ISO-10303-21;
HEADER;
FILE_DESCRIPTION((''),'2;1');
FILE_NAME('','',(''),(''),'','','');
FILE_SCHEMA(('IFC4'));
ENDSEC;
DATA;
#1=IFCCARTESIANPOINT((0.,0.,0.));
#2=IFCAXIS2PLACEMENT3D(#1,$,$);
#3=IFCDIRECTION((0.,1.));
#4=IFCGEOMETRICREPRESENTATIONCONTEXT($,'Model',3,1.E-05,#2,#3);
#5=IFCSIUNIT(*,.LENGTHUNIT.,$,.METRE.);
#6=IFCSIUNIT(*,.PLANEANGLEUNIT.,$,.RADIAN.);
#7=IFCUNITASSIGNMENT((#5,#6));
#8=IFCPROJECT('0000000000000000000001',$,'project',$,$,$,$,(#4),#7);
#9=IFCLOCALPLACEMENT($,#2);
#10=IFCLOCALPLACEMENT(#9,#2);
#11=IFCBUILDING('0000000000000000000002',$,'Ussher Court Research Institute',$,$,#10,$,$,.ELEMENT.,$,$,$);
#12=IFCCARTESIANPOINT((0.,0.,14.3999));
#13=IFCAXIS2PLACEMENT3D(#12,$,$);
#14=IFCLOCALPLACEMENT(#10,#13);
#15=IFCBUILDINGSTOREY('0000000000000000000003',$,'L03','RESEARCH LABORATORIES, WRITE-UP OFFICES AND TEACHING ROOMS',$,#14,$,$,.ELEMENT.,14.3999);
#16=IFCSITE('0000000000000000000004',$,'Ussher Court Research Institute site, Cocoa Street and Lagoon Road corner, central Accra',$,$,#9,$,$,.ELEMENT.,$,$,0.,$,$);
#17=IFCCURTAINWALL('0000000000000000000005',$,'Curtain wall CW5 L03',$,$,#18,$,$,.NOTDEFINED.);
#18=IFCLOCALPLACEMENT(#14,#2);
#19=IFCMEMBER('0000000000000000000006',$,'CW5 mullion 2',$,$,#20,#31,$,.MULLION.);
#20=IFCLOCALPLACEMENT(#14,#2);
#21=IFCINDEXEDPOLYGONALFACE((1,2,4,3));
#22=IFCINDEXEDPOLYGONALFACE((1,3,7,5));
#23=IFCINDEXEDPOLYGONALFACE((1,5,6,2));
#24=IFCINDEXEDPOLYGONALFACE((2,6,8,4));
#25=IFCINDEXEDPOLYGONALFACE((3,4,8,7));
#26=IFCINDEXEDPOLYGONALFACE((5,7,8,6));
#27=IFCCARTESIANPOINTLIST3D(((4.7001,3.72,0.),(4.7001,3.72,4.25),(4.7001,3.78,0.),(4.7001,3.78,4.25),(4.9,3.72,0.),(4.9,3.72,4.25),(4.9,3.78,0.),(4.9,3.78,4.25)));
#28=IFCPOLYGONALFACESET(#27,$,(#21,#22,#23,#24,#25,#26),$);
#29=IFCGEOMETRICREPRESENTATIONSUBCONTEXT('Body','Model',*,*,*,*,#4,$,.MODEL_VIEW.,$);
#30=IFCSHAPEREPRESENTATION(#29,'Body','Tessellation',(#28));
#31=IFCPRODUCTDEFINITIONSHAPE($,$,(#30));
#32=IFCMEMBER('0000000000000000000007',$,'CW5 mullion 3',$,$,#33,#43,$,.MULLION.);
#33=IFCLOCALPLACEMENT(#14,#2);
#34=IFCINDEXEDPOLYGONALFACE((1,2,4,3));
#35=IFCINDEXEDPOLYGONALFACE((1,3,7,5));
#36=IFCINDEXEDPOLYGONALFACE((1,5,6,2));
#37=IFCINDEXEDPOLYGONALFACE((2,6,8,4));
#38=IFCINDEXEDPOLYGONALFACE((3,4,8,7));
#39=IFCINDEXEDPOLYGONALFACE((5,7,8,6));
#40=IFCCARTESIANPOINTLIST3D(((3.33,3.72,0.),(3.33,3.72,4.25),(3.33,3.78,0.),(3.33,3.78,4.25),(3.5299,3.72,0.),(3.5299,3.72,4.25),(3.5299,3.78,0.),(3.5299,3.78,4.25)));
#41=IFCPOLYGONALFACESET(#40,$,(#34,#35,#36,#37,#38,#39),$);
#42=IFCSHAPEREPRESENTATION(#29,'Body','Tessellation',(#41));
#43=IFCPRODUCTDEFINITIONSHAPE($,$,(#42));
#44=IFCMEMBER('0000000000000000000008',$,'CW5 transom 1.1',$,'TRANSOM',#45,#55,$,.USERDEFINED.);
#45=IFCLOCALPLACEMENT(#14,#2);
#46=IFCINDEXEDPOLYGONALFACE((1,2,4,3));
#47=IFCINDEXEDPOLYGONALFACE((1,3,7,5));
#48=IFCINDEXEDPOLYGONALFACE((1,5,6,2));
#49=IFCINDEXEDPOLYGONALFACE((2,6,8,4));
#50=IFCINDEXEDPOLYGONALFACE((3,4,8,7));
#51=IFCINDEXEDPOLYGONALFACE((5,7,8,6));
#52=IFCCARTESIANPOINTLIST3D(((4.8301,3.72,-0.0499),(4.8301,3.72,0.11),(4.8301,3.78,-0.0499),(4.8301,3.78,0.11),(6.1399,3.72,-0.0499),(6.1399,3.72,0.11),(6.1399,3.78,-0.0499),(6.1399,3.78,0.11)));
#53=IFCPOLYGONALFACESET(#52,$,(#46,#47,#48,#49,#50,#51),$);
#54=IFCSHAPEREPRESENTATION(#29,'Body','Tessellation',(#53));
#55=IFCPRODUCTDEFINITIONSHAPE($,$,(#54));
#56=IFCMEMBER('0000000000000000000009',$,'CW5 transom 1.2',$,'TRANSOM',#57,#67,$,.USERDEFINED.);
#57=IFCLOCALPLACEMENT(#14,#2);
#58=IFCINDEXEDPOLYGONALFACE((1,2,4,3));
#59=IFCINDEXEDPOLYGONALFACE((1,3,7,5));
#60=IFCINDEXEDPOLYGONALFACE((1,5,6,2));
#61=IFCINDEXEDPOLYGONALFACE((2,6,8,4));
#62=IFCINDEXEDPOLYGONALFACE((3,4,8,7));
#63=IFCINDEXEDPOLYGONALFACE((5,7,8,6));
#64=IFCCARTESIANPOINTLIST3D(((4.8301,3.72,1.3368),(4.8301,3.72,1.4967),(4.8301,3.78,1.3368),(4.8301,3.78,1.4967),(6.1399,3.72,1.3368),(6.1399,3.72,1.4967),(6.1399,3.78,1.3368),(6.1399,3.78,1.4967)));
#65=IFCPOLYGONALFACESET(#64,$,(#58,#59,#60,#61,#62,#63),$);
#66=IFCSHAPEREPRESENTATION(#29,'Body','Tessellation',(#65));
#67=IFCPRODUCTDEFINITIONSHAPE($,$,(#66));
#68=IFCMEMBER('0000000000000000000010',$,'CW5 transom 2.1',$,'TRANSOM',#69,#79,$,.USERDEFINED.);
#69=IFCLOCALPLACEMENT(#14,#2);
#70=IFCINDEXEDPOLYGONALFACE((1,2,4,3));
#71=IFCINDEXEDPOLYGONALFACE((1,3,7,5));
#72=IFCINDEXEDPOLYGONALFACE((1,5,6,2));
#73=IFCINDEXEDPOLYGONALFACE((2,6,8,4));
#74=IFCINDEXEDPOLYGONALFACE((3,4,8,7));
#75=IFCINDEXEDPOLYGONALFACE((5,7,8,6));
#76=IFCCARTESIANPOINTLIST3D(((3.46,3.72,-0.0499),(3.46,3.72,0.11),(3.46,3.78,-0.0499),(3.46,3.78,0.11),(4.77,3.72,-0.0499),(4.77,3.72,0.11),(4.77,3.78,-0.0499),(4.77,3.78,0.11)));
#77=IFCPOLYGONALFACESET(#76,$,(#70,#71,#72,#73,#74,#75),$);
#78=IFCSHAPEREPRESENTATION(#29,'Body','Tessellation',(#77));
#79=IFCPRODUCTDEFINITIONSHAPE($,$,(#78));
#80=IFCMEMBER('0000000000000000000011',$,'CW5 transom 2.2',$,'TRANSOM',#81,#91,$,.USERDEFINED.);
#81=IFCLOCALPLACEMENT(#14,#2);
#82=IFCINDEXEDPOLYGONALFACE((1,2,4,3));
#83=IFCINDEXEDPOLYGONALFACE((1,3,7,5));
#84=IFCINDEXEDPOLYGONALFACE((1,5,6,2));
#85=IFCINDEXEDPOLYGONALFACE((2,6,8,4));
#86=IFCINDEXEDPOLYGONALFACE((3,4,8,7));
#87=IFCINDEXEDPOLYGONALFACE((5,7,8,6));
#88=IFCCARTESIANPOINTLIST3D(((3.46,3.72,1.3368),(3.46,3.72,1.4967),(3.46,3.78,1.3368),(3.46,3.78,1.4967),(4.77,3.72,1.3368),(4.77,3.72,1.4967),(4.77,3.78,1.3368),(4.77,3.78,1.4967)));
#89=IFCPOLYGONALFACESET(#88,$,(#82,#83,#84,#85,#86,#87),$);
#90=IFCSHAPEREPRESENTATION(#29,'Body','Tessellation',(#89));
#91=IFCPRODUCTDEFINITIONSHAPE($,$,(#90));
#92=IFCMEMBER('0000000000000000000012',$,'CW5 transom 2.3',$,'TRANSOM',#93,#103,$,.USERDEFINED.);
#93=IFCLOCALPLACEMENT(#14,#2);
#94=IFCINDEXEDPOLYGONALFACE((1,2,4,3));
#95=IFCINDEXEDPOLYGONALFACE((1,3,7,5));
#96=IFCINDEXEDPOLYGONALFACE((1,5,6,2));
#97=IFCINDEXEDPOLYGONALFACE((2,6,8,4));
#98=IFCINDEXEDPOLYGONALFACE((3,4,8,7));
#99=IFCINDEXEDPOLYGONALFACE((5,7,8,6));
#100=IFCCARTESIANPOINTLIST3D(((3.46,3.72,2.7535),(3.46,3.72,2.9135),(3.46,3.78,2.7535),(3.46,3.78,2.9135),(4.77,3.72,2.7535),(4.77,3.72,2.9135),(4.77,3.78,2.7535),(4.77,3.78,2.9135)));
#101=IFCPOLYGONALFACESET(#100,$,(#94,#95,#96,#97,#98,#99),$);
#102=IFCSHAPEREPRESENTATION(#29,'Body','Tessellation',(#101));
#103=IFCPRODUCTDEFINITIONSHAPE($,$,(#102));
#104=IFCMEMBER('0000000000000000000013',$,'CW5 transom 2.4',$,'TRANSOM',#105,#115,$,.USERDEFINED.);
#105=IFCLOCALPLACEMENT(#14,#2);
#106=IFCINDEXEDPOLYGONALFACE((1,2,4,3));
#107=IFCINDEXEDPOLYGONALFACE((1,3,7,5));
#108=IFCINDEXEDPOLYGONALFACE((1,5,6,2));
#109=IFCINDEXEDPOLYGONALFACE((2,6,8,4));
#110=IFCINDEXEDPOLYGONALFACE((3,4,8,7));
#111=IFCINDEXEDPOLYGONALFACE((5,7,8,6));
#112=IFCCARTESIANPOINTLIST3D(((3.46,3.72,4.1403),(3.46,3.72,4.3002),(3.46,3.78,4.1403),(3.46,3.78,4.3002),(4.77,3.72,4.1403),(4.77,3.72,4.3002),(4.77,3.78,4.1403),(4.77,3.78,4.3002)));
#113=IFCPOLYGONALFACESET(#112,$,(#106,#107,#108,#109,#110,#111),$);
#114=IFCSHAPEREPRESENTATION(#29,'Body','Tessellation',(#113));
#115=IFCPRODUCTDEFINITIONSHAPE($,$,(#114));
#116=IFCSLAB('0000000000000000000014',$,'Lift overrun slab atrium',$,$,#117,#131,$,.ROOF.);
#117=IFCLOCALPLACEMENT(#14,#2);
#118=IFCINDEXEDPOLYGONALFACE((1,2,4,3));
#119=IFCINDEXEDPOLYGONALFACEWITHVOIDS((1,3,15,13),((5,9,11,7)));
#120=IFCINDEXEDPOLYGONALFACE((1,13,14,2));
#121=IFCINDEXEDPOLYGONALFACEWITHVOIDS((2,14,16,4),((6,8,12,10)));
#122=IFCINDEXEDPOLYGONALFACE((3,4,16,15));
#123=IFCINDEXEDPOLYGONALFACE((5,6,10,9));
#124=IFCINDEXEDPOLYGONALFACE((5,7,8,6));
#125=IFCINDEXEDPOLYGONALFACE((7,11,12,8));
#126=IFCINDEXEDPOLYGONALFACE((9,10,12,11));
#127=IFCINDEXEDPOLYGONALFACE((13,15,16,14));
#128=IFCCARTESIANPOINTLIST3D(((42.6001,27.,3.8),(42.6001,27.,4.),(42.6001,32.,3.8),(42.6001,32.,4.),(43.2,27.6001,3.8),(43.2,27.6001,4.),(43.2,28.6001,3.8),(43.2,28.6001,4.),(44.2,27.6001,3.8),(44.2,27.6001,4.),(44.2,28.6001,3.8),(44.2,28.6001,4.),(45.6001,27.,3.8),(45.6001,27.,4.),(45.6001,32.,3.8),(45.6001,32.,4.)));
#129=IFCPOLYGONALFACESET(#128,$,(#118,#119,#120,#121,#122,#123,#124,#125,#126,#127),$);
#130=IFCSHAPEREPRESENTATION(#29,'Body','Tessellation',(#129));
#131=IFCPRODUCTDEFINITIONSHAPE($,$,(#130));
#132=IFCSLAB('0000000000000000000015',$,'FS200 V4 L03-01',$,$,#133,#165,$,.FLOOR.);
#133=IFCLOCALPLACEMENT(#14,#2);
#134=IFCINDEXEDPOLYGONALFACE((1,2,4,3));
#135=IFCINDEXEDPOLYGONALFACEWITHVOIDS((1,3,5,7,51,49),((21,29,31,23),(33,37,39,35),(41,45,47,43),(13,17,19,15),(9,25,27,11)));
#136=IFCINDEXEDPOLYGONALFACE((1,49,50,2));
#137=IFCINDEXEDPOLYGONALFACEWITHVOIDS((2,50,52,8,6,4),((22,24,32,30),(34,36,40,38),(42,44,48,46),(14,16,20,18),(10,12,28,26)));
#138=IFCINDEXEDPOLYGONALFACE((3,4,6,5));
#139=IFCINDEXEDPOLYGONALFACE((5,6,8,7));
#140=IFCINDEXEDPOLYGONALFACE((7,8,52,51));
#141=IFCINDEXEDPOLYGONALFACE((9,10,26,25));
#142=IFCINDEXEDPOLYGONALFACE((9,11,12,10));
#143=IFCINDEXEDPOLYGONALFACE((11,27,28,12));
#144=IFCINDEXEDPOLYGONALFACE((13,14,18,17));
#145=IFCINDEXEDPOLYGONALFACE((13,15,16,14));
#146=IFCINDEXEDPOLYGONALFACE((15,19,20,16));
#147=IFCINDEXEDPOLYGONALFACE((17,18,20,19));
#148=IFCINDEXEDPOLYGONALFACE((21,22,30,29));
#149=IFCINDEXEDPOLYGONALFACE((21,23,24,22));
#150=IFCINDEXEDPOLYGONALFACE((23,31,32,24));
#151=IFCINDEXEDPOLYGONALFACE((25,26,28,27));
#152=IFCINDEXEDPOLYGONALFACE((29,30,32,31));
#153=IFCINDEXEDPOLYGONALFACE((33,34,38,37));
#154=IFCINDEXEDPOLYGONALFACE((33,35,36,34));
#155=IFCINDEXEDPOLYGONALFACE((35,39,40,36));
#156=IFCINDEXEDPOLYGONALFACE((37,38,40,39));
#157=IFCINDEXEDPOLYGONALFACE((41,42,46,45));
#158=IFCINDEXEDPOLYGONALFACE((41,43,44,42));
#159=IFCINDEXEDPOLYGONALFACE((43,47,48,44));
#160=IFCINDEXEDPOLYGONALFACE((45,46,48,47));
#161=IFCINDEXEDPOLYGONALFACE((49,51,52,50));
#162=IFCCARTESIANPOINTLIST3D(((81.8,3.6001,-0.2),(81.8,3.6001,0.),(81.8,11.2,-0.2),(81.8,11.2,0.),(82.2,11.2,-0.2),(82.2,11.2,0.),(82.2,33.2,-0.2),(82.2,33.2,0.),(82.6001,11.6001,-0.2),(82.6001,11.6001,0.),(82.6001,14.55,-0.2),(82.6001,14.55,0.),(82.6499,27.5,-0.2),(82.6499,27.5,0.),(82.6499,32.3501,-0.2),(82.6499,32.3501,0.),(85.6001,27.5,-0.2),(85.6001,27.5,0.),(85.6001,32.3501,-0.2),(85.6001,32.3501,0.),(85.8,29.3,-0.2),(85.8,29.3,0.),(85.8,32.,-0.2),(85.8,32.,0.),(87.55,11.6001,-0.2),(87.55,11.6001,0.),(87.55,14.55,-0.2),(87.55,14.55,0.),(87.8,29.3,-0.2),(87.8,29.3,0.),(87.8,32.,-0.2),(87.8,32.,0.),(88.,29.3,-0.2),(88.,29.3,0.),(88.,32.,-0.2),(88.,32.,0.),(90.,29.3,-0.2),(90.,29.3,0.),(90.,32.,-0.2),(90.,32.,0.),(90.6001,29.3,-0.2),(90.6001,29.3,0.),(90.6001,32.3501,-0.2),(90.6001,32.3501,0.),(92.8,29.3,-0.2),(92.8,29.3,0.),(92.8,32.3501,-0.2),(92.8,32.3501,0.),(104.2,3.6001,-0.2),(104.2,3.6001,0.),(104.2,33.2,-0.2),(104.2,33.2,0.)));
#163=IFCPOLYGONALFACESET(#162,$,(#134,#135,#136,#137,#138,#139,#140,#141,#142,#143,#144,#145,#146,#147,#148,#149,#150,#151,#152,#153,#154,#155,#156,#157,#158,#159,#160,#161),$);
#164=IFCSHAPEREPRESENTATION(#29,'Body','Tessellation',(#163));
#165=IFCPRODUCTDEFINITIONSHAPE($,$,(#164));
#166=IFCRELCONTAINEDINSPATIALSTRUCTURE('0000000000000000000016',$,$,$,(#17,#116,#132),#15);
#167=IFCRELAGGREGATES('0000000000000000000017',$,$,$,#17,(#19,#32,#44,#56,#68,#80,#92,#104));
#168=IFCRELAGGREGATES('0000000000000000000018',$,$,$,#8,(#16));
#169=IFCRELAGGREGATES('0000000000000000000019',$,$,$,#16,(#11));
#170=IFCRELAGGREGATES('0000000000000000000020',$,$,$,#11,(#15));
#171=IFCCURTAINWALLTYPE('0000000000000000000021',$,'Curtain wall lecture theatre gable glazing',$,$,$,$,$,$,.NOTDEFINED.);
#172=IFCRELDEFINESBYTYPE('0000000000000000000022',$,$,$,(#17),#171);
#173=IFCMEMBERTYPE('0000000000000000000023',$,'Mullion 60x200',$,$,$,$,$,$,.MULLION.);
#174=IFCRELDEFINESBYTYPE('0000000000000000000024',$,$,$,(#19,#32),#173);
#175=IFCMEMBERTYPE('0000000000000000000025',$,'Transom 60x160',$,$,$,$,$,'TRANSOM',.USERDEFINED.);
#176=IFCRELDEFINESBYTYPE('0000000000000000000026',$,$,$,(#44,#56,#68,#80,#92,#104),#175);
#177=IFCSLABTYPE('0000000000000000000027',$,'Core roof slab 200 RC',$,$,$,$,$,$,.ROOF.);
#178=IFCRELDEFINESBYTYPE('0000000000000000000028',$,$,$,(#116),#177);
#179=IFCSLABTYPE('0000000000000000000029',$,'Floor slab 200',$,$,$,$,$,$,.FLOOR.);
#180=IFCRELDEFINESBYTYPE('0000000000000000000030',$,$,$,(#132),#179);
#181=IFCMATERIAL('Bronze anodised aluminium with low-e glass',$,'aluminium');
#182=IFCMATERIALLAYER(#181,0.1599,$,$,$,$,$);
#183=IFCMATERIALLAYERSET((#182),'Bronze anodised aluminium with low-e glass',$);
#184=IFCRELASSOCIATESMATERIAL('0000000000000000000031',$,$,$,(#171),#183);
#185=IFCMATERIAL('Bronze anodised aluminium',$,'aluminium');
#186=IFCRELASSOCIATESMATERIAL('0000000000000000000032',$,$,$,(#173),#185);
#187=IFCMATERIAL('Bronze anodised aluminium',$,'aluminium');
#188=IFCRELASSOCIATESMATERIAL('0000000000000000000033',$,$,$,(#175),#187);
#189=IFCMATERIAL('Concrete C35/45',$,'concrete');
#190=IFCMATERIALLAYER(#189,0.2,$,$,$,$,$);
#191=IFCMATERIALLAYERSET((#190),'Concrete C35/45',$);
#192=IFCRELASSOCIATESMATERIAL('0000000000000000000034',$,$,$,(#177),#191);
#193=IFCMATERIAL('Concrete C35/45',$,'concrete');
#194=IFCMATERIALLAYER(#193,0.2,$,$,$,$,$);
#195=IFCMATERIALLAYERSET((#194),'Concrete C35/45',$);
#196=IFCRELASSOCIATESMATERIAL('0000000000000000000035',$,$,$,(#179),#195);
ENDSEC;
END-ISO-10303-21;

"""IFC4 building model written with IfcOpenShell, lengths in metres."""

from ifc_helpers import new_model, si_unit, direction, frame, origin, origin_2d, place, context, subcontext, project, spatial, polyline, rectangle, outline, extrude, material, layer, layer_set, material_profile, profile_set, type_object, element, aggregate, save


model = new_model("IFC4")

# Units and contexts
model_context = context("Model", 3, precision=1e-05, world=origin(), true_north=direction((0.0, 1.0)))
body_context = subcontext(model_context, "Body", "Model", "MODEL_VIEW")
ifc_project = project(units=[si_unit("LENGTHUNIT", "METRE"), si_unit("PLANEANGLEUNIT", "RADIAN")], contexts=[model_context])

# Site, building, storey
site_placement = place(None, origin())
site = spatial("IfcSite", under=ifc_project, at=site_placement, Name="Ussher Court Research Institute site, Cocoa Street and Lagoon Road corner, central Accra", CompositionType="ELEMENT", RefElevation=0.0)
building_placement = place(site_placement, origin())
building = spatial("IfcBuilding", under=site, at=building_placement, Name="Ussher Court Research Institute", CompositionType="ELEMENT")
storey_placement = place(building_placement, frame((0.0, 0.0, 14.3999)))
storey = spatial("IfcBuildingStorey", under=building, at=storey_placement, Name="L03", Description="RESEARCH LABORATORIES, WRITE-UP OFFICES AND TEACHING ROOMS", CompositionType="ELEMENT", Elevation=14.3999)

# Curtain wall, members
ifc_material_1 = material(Name="Bronze anodised aluminium with low-e glass", Category="aluminium")
ifc_layer_1 = layer(ifc_material_1, 0.1599)
ifc_layer_set_1 = layer_set([ifc_layer_1], Name="Bronze anodised aluminium with low-e glass")
curtain_wall_type = type_object("IfcCurtainWallType", Name="Curtain wall lecture theatre gable glazing", PredefinedType="NOTDEFINED", material=ifc_layer_set_1)
curtain_wall_placement = place(storey_placement, origin())
curtain_wall = element("IfcCurtainWall", 1, at=curtain_wall_placement, inside=storey, type_object=curtain_wall_type, Name="Curtain wall CW5 L03", PredefinedType="NOTDEFINED")
ifc_material_2 = material(Name="Bronze anodised aluminium", Category="aluminium")
ifc_material_profile_1 = material_profile(ifc_material_2, rectangle(XDim=0.0601, YDim=0.2, at=origin_2d()), Name="Mullion 60x200")
ifc_profile_set_1 = profile_set([ifc_material_profile_1], Name="Bronze anodised aluminium")
member_type_1 = type_object("IfcMemberType", Name="Mullion 60x200", PredefinedType="MULLION", material=ifc_profile_set_1)
member_1_placement = place(storey_placement, frame((4.8, 3.75, 0.0), z_axis=(0.0, 0.0, 1.0), x_axis=(0.0, -1.0, 0.0)))
member_1 = element("IfcMember", 2, at=member_1_placement, type_object=member_type_1, Name="CW5 mullion 2", PredefinedType="MULLION", context=body_context, shape_type="SweptSolid", body=[
    extrude(rectangle(XDim=0.0601, YDim=0.2, at=origin_2d()), origin(), (0.0, 0.0, 1.0), 4.25),
])
member_2_placement = place(storey_placement, frame((3.4299, 3.75, 0.0), z_axis=(0.0, 0.0, 1.0), x_axis=(0.0, -1.0, 0.0)))
member_2 = element("IfcMember", 3, at=member_2_placement, type_object=member_type_1, Name="CW5 mullion 3", PredefinedType="MULLION", context=body_context, shape_type="SweptSolid", body=[
    extrude(rectangle(XDim=0.0601, YDim=0.2, at=origin_2d()), origin(), (0.0, 0.0, 1.0), 4.25),
])
ifc_material_3 = material(Name="Bronze anodised aluminium", Category="aluminium")
ifc_material_profile_2 = material_profile(ifc_material_3, rectangle(XDim=0.0601, YDim=0.1599, at=origin_2d()), Name="Transom 60x160")
ifc_profile_set_2 = profile_set([ifc_material_profile_2], Name="Bronze anodised aluminium")
member_type_2 = type_object("IfcMemberType", Name="Transom 60x160", ElementType="TRANSOM", PredefinedType="USERDEFINED", material=ifc_profile_set_2)
member_3_placement = place(storey_placement, frame((6.1399, 3.75, 0.03), z_axis=(-1.0, 0.0, 0.0), x_axis=(0.0, -1.0, 0.0)))
member_3 = element("IfcMember", 4, at=member_3_placement, type_object=member_type_2, Name="CW5 transom 1.1", ObjectType="TRANSOM", PredefinedType="USERDEFINED", context=body_context, shape_type="SweptSolid", body=[
    extrude(rectangle(XDim=0.0601, YDim=0.1599, at=origin_2d()), origin(), (0.0, 0.0, 1.0), 1.3098),
])
member_4_placement = place(storey_placement, frame((6.1399, 3.75, 1.4167), z_axis=(-1.0, 0.0, 0.0), x_axis=(0.0, -1.0, 0.0)))
member_4 = element("IfcMember", 5, at=member_4_placement, type_object=member_type_2, Name="CW5 transom 1.2", ObjectType="TRANSOM", PredefinedType="USERDEFINED", context=body_context, shape_type="SweptSolid", body=[
    extrude(rectangle(XDim=0.0601, YDim=0.1599, at=origin_2d()), origin(), (0.0, 0.0, 1.0), 1.3098),
])
member_5_placement = place(storey_placement, frame((4.77, 3.75, 0.03), z_axis=(-1.0, 0.0, 0.0), x_axis=(0.0, -1.0, 0.0)))
member_5 = element("IfcMember", 6, at=member_5_placement, type_object=member_type_2, Name="CW5 transom 2.1", ObjectType="TRANSOM", PredefinedType="USERDEFINED", context=body_context, shape_type="SweptSolid", body=[
    extrude(rectangle(XDim=0.0601, YDim=0.1599, at=origin_2d()), origin(), (0.0, 0.0, 1.0), 1.3101),
])
member_6_placement = place(storey_placement, frame((4.77, 3.75, 1.4167), z_axis=(-1.0, 0.0, 0.0), x_axis=(0.0, -1.0, 0.0)))
member_6 = element("IfcMember", 7, at=member_6_placement, type_object=member_type_2, Name="CW5 transom 2.2", ObjectType="TRANSOM", PredefinedType="USERDEFINED", context=body_context, shape_type="SweptSolid", body=[
    extrude(rectangle(XDim=0.0601, YDim=0.1599, at=origin_2d()), origin(), (0.0, 0.0, 1.0), 1.3101),
])
member_7_placement = place(storey_placement, frame((4.77, 3.75, 2.8335), z_axis=(-1.0, 0.0, 0.0), x_axis=(0.0, -1.0, 0.0)))
member_7 = element("IfcMember", 8, at=member_7_placement, type_object=member_type_2, Name="CW5 transom 2.3", ObjectType="TRANSOM", PredefinedType="USERDEFINED", context=body_context, shape_type="SweptSolid", body=[
    extrude(rectangle(XDim=0.0601, YDim=0.1599, at=origin_2d()), origin(), (0.0, 0.0, 1.0), 1.3101),
])
member_8_placement = place(storey_placement, frame((4.77, 3.75, 4.2202), z_axis=(-1.0, 0.0, 0.0), x_axis=(0.0, -1.0, 0.0)))
member_8 = element("IfcMember", 9, at=member_8_placement, type_object=member_type_2, Name="CW5 transom 2.4", ObjectType="TRANSOM", PredefinedType="USERDEFINED", context=body_context, shape_type="SweptSolid", body=[
    extrude(rectangle(XDim=0.0601, YDim=0.1599, at=origin_2d()), origin(), (0.0, 0.0, 1.0), 1.3101),
])

# Slabs
ifc_material_4 = material(Name="Concrete C35/45", Category="concrete")
ifc_layer_2 = layer(ifc_material_4, 0.2)
ifc_layer_set_2 = layer_set([ifc_layer_2], Name="Concrete C35/45")
slab_type_1 = type_object("IfcSlabType", Name="Core roof slab 200 RC", PredefinedType="ROOF", material=ifc_layer_set_2)
slab_1_placement = place(storey_placement, frame((0.0, 0.0, 3.8)))
element("IfcSlab", 10, at=slab_1_placement, inside=storey, type_object=slab_type_1, Name="Lift overrun slab atrium", PredefinedType="ROOF", context=body_context, shape_type="SweptSolid", body=[
    extrude(outline(polyline([(42.6001, 27.0), (45.6001, 27.0), (45.6001, 32.0), (42.6001, 32.0), (42.6001, 27.0)]), holes=[polyline([(43.2, 27.6001), (44.2, 27.6001), (44.2, 28.6001), (43.2, 28.6001), (43.2, 27.6001)])]), origin(), (0.0, 0.0, 1.0), 0.2),
])
ifc_material_5 = material(Name="Concrete C35/45", Category="concrete")
ifc_layer_3 = layer(ifc_material_5, 0.2)
ifc_layer_set_3 = layer_set([ifc_layer_3], Name="Concrete C35/45")
slab_type_2 = type_object("IfcSlabType", Name="Floor slab 200", PredefinedType="FLOOR", material=ifc_layer_set_3)
slab_2_placement = place(storey_placement, frame((0.0, 0.0, -0.2)))
element("IfcSlab", 11, at=slab_2_placement, inside=storey, type_object=slab_type_2, Name="FS200 V4 L03-01", PredefinedType="FLOOR", context=body_context, shape_type="SweptSolid", body=[
    extrude(outline(polyline([(81.8, 11.2), (81.8, 3.6001), (104.2, 3.6001), (104.2, 33.2), (82.2, 33.2), (82.2, 11.2), (81.8, 11.2)]), holes=[polyline([(87.55, 11.6001), (82.6001, 11.6001), (82.6001, 14.55), (87.55, 14.55), (87.55, 11.6001)]), polyline([(82.6499, 27.5), (82.6499, 32.3501), (85.6001, 32.3501), (85.6001, 27.5), (82.6499, 27.5)]), polyline([(87.8, 29.3), (85.8, 29.3), (85.8, 32.0), (87.8, 32.0), (87.8, 29.3)]), polyline([(90.0, 29.3), (88.0, 29.3), (88.0, 32.0), (90.0, 32.0), (90.0, 29.3)]), polyline([(92.8, 29.3), (90.6001, 29.3), (90.6001, 32.3501), (92.8, 32.3501), (92.8, 29.3)])]), origin(), (0.0, 0.0, 1.0), 0.2),
])

aggregate(curtain_wall, [member_1, member_2, member_3, member_4, member_5, member_6, member_7, member_8])

save(model, "model.ifc")
